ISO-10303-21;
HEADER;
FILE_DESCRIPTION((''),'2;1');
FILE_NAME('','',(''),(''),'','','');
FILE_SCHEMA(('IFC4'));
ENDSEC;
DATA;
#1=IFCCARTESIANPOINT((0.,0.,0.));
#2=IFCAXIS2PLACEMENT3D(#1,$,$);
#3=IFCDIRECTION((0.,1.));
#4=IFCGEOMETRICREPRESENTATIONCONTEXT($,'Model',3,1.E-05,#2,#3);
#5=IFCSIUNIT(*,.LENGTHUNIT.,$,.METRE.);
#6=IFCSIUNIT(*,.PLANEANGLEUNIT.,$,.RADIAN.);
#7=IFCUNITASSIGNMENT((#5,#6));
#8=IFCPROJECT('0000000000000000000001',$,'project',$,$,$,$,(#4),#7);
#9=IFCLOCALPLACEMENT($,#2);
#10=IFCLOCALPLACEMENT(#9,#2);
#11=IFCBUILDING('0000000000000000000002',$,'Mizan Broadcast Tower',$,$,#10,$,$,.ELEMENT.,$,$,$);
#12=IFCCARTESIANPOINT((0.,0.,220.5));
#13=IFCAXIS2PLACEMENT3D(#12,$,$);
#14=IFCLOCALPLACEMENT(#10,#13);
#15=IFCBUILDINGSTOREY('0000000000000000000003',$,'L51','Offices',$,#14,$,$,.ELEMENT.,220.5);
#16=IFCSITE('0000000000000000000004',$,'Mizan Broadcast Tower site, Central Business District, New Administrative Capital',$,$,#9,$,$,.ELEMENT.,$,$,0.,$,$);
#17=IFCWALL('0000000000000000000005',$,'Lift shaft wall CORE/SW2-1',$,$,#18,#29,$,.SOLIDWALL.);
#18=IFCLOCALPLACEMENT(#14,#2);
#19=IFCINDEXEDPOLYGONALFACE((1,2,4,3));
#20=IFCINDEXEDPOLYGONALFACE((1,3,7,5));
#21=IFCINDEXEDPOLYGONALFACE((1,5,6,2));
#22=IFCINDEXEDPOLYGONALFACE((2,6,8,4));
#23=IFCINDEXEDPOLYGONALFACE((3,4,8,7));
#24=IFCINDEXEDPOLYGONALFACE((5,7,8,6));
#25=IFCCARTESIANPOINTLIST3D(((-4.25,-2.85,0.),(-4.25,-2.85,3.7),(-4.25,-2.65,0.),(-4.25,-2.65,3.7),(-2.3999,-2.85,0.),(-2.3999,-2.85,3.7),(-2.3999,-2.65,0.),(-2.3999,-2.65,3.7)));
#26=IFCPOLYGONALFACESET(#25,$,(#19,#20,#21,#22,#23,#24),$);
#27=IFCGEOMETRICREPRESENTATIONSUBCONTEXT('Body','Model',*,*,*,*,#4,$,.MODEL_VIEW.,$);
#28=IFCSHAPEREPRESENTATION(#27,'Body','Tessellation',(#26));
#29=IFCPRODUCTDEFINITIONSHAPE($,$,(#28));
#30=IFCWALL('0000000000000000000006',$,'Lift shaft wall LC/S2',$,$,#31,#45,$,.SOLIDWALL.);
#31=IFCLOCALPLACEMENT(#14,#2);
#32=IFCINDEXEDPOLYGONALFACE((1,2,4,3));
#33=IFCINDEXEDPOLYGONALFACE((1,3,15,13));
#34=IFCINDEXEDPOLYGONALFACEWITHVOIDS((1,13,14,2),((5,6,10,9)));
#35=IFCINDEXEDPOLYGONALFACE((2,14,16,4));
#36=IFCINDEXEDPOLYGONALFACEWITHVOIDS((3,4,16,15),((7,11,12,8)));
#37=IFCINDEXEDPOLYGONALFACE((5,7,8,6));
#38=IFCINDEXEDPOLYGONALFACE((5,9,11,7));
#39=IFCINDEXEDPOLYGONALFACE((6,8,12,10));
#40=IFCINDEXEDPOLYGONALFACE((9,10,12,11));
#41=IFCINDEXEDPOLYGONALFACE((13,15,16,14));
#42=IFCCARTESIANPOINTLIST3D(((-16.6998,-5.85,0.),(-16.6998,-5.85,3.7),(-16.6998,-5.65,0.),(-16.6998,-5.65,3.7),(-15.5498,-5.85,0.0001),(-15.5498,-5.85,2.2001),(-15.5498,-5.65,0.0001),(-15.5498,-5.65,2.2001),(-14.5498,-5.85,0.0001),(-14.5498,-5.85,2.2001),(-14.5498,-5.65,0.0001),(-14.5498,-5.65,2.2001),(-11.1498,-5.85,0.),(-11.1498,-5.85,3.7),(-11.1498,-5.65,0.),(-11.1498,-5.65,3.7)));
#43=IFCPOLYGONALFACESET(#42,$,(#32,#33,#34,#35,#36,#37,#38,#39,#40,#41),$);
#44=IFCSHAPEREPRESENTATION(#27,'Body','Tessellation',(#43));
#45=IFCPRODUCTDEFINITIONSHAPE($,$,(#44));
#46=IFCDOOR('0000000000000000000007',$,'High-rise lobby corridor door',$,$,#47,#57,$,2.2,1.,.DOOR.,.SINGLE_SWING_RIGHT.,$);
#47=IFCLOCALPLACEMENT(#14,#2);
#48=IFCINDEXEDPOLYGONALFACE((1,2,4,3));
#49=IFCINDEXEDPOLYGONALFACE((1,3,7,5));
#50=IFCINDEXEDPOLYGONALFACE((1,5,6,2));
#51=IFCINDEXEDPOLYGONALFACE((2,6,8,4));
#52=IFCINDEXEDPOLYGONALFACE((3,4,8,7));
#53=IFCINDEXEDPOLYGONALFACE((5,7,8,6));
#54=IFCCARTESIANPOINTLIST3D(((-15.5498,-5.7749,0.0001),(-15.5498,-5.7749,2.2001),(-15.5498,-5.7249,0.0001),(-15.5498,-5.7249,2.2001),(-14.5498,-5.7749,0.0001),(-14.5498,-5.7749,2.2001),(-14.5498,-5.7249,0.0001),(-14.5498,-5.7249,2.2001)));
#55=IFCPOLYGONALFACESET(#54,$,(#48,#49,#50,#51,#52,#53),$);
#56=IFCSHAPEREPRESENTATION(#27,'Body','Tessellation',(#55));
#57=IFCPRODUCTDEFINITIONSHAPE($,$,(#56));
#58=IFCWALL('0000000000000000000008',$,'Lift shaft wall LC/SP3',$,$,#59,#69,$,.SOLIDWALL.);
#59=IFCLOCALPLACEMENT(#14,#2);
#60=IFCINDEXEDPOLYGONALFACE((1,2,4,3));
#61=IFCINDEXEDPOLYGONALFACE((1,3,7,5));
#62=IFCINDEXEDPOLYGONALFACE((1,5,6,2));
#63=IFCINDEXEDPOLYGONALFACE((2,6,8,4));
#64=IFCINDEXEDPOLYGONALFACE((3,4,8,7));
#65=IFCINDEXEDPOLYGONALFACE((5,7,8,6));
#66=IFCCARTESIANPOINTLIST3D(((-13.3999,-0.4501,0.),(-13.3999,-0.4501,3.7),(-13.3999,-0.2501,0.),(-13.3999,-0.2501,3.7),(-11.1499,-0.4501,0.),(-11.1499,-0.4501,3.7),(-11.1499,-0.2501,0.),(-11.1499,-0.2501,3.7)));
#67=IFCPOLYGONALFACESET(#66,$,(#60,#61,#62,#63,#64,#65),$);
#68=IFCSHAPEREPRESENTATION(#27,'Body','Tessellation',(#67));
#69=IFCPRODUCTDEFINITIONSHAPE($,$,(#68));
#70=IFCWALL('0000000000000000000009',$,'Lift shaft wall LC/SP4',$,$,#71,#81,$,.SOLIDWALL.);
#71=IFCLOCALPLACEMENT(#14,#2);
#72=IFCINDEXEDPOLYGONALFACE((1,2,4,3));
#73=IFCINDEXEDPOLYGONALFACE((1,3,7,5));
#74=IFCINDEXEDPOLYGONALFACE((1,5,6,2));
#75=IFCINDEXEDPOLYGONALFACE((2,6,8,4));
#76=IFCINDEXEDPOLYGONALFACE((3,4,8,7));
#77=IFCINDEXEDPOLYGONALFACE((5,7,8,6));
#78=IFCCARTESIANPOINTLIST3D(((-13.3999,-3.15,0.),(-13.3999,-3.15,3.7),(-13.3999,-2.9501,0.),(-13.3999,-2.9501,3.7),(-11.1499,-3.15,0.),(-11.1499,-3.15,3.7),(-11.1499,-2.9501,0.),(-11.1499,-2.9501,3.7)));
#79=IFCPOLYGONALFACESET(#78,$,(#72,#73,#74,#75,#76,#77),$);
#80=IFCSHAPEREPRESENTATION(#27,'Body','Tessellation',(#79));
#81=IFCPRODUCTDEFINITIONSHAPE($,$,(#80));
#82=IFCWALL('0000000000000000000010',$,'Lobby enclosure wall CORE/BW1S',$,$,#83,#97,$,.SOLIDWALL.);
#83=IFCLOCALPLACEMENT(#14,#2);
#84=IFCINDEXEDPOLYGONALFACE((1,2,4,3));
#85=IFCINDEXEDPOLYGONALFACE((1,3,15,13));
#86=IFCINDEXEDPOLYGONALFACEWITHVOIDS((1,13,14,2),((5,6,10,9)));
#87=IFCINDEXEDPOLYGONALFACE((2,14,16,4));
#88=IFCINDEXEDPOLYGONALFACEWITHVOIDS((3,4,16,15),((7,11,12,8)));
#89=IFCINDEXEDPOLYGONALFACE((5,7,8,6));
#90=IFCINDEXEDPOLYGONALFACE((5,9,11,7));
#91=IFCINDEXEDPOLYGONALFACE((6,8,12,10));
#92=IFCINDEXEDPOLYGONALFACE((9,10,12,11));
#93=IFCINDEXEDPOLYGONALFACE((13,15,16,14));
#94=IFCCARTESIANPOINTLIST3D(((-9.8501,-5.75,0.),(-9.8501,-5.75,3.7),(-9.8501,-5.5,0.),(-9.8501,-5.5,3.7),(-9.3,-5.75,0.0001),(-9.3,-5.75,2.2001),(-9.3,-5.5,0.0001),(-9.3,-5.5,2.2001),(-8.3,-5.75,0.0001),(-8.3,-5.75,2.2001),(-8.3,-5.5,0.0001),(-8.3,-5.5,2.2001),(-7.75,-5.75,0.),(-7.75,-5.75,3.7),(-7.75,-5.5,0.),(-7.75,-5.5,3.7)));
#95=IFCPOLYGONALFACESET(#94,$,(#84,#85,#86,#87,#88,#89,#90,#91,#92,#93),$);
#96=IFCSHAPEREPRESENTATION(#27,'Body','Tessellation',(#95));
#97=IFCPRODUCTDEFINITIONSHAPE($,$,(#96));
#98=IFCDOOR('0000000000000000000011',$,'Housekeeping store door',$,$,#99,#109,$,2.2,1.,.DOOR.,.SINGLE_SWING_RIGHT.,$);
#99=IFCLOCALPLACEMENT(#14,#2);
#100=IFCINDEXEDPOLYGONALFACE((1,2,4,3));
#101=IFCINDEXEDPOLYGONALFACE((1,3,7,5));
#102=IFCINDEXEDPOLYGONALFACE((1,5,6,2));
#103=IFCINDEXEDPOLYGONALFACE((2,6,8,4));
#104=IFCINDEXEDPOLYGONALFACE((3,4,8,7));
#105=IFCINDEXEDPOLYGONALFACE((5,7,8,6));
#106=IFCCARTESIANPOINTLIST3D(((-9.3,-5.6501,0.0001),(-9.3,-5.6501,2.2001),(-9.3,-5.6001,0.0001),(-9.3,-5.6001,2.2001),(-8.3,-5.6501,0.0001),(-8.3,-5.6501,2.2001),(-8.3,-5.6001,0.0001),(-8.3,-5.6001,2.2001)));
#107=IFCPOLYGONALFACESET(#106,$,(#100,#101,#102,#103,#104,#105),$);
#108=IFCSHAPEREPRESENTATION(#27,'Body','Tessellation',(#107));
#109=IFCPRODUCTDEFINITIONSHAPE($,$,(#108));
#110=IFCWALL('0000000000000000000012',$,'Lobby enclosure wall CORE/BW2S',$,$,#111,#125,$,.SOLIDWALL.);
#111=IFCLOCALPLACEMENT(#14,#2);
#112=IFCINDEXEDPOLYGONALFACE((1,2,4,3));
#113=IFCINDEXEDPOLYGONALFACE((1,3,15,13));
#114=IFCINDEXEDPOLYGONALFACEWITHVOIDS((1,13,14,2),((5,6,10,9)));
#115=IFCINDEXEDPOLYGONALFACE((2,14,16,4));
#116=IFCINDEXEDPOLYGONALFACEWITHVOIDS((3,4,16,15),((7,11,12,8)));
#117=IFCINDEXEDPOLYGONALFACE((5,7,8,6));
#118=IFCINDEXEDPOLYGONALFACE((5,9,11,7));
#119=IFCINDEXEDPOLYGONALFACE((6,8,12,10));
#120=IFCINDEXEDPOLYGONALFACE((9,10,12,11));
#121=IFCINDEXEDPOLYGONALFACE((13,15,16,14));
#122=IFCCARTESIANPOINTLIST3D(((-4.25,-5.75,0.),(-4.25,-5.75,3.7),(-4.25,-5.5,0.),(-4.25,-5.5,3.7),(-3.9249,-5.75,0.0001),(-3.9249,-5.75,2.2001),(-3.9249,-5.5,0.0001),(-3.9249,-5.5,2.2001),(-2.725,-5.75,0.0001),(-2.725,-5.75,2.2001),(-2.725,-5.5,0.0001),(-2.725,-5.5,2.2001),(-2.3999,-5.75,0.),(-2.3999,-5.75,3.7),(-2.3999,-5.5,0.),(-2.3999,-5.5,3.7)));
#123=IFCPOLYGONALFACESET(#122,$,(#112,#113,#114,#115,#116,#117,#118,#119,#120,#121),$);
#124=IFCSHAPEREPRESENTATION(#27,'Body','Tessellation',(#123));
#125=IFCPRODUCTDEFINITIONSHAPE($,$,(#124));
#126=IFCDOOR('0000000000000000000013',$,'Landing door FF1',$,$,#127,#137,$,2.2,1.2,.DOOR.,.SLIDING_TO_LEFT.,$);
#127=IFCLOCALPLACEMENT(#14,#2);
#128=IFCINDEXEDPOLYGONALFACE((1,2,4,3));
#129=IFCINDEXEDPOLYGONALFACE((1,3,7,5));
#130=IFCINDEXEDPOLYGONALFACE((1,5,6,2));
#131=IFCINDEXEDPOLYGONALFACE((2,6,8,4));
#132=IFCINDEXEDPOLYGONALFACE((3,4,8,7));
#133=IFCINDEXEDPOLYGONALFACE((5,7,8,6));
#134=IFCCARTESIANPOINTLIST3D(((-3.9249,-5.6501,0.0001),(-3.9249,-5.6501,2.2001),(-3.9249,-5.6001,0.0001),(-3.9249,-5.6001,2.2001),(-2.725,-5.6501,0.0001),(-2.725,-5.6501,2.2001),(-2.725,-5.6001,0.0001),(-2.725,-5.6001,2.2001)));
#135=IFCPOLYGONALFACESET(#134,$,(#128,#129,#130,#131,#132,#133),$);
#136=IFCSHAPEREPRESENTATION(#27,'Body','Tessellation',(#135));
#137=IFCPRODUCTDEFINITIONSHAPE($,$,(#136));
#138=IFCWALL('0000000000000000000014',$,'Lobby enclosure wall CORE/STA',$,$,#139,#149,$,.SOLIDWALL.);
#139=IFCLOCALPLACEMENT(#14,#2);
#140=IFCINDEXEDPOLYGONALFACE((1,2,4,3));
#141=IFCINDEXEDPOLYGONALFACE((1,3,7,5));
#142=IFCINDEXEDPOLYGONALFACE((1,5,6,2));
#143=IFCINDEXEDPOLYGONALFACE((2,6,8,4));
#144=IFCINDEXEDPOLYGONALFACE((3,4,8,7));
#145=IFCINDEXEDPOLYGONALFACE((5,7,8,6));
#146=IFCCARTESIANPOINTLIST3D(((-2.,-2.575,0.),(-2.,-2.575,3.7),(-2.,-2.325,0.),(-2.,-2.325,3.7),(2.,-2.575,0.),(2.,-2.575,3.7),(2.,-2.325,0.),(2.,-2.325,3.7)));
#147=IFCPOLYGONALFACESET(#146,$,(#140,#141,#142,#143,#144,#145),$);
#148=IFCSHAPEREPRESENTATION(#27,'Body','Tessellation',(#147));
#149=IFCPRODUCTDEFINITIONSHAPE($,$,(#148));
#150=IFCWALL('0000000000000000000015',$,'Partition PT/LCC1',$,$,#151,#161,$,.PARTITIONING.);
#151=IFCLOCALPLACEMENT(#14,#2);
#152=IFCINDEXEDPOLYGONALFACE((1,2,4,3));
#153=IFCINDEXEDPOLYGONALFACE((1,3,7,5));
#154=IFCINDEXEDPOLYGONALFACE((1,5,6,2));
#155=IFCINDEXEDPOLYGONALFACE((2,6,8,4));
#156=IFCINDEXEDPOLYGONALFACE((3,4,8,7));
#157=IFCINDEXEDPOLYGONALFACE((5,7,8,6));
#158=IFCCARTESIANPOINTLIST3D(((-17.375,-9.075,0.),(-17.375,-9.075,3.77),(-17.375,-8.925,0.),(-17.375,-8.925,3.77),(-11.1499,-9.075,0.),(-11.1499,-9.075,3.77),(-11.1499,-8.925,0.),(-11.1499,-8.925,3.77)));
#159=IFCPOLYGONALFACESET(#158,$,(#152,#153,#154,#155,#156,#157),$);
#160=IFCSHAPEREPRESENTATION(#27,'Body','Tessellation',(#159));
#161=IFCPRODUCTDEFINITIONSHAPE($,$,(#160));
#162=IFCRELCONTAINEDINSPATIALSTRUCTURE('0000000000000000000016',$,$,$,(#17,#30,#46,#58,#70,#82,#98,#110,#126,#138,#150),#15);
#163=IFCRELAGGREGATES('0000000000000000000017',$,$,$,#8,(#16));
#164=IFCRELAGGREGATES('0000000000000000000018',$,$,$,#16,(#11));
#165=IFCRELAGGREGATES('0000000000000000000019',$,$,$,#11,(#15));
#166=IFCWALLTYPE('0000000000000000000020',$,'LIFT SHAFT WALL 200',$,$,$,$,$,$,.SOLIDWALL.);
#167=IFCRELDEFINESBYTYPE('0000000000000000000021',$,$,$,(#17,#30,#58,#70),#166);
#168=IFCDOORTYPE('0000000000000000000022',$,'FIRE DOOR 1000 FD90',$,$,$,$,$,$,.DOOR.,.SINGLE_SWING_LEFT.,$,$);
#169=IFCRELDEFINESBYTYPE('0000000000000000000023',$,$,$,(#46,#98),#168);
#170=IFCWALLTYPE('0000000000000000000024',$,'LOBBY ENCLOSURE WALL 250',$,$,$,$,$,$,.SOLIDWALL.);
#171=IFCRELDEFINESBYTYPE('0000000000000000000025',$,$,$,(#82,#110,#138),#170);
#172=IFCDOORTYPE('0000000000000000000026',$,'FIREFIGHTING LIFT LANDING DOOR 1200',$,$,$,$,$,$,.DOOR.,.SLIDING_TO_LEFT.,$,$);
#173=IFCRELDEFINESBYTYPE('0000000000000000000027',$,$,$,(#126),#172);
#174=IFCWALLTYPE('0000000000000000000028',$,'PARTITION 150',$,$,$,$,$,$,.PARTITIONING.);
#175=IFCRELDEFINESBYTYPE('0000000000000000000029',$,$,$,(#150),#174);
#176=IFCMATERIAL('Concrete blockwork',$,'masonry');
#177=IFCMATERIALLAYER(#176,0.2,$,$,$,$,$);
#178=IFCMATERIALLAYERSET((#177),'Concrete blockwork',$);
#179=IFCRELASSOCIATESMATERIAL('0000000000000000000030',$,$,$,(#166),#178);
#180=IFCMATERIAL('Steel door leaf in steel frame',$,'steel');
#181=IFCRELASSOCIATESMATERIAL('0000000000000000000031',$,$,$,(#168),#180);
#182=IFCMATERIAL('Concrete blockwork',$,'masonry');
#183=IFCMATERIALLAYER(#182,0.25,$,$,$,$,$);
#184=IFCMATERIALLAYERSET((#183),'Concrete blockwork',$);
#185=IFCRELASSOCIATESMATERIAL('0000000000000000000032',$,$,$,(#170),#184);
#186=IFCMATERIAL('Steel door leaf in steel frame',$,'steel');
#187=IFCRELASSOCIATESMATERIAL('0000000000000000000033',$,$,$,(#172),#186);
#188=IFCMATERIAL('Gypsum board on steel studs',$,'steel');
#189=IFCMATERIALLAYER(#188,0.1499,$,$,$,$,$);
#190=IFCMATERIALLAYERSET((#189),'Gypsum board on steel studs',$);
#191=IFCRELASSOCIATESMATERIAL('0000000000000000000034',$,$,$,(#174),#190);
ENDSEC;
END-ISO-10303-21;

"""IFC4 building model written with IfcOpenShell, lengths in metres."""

from ifc_helpers import new_model, si_unit, direction, frame, frame_2d, origin, place, context, subcontext, project, spatial, rectangle, extrude, material, layer, layer_set, type_object, element, fill, save


model = new_model("IFC4")

# Units and contexts
model_context = context("Model", 3, precision=1e-05, world=origin(), true_north=direction((0.0, 1.0)))
body_context = subcontext(model_context, "Body", "Model", "MODEL_VIEW")
ifc_project = project(units=[si_unit("LENGTHUNIT", "METRE"), si_unit("PLANEANGLEUNIT", "RADIAN")], contexts=[model_context])

# Site, building, storey
site_placement = place(None, origin())
site = spatial("IfcSite", under=ifc_project, at=site_placement, Name="Mizan Broadcast Tower site, Central Business District, New Administrative Capital", CompositionType="ELEMENT", RefElevation=0.0)
building_placement = place(site_placement, origin())
building = spatial("IfcBuilding", under=site, at=building_placement, Name="Mizan Broadcast Tower", CompositionType="ELEMENT")
storey_placement = place(building_placement, frame((0.0, 0.0, 220.5)))
storey = spatial("IfcBuildingStorey", under=building, at=storey_placement, Name="L51", Description="Offices", CompositionType="ELEMENT", Elevation=220.5)

# Wall
ifc_material_1 = material(Name="Concrete blockwork", Category="masonry")
ifc_layer_1 = layer(ifc_material_1, 0.2)
ifc_layer_set_1 = layer_set([ifc_layer_1], Name="Concrete blockwork")
wall_type_1 = type_object("IfcWallType", Name="LIFT SHAFT WALL 200", PredefinedType="SOLIDWALL", material=ifc_layer_set_1)
wall_1_placement = place(storey_placement, frame((-4.25, -2.75, 0.0), z_axis=(0.0, 0.0, 1.0), x_axis=(1.0, 0.0, 0.0)))
element("IfcWall", 1, at=wall_1_placement, inside=storey, type_object=wall_type_1, Name="Lift shaft wall CORE/SW2-1", PredefinedType="SOLIDWALL", context=body_context, shape_type="SweptSolid", body=[
    extrude(rectangle(XDim=1.8501, YDim=0.2, at=frame_2d((0.925, 0.0))), origin(), (0.0, 0.0, 1.0), 3.7),
])

# Wall, opening, door
wall_2_placement = place(storey_placement, frame((-11.1499, -5.75, 0.0), z_axis=(0.0, 0.0, 1.0), x_axis=(-1.0, 0.0, 0.0)))
wall_2 = element("IfcWall", 2, at=wall_2_placement, inside=storey, type_object=wall_type_1, Name="Lift shaft wall LC/S2", PredefinedType="SOLIDWALL", context=body_context, shape_type="SweptSolid", body=[
    extrude(rectangle(XDim=5.55, YDim=0.2, at=frame_2d((2.7749, 0.0))), origin(), (0.0, 0.0, 1.0), 3.7),
])
opening_1_placement = place(wall_2_placement, frame((3.3999, 0.0, 0.0)))
opening_1 = element("IfcOpeningElement", 3, at=opening_1_placement, cuts=wall_2, PredefinedType="OPENING", context=body_context, shape_type="SweptSolid", body=[
    extrude(rectangle(XDim=1.0, YDim=2.2, at=frame_2d((0.5, 1.1001))), frame((0.0, 0.1099, 0.0), z_axis=(0.0, -1.0, 0.0), x_axis=(1.0, 0.0, 0.0)), (0.0, 0.0, 1.0), 0.22),
])
ifc_material_2 = material(Name="Steel door leaf in steel frame", Category="steel")
door_type_1 = type_object("IfcDoorType", Name="FIRE DOOR 1000 FD90", OperationType="SINGLE_SWING_LEFT", PredefinedType="DOOR", material=ifc_material_2)
door_1_placement = place(opening_1_placement, origin())
door_1 = element("IfcDoor", 4, at=door_1_placement, inside=storey, type_object=door_type_1, Name="High-rise lobby corridor door", OperationType="SINGLE_SWING_RIGHT", OverallHeight=2.2, OverallWidth=1.0, PredefinedType="DOOR", context=body_context, shape_type="SweptSolid", body=[
    extrude(rectangle(XDim=1.0, YDim=2.2, at=frame_2d((0.5, 1.1001))), frame((0.0, 0.0249, 0.0), z_axis=(0.0, -1.0, 0.0), x_axis=(1.0, 0.0, 0.0)), (0.0, 0.0, 1.0), 0.05),
])
fill(opening_1, door_1)

# Walls
for number, where, z_axis, x_axis, name in (
    (5, (-11.1499, -0.3501, 0.0), (0.0, 0.0, 1.0), (-1.0, 0.0, 0.0), "Lift shaft wall LC/SP3"),
    (6, (-11.1499, -3.05, 0.0), (0.0, 0.0, 1.0), (-1.0, 0.0, 0.0), "Lift shaft wall LC/SP4"),
):
    element("IfcWall", number, at=place(storey_placement, frame(where, z_axis=z_axis, x_axis=x_axis)), inside=storey, type_object=wall_type_1, Name=name, PredefinedType="SOLIDWALL", context=body_context, shape_type="SweptSolid", body=[
        extrude(rectangle(XDim=2.25, YDim=0.2, at=frame_2d((1.125, 0.0))), origin(), (0.0, 0.0, 1.0), 3.7),
    ])

# Walls, openings, doors
ifc_material_3 = material(Name="Concrete blockwork", Category="masonry")
ifc_layer_2 = layer(ifc_material_3, 0.25)
ifc_layer_set_2 = layer_set([ifc_layer_2], Name="Concrete blockwork")
wall_type_2 = type_object("IfcWallType", Name="LOBBY ENCLOSURE WALL 250", PredefinedType="SOLIDWALL", material=ifc_layer_set_2)
wall_3_placement = place(storey_placement, frame((-9.8501, -5.625, 0.0), z_axis=(0.0, 0.0, 1.0), x_axis=(1.0, 0.0, 0.0)))
wall_3 = element("IfcWall", 7, at=wall_3_placement, inside=storey, type_object=wall_type_2, Name="Lobby enclosure wall CORE/BW1S", PredefinedType="SOLIDWALL", context=body_context, shape_type="SweptSolid", body=[
    extrude(rectangle(XDim=2.1001, YDim=0.25, at=frame_2d((1.05, 0.0))), origin(), (0.0, 0.0, 1.0), 3.7),
])
opening_2_placement = place(wall_3_placement, frame((0.55, 0.0, 0.0)))
opening_2 = element("IfcOpeningElement", 8, at=opening_2_placement, cuts=wall_3, PredefinedType="OPENING", context=body_context, shape_type="SweptSolid", body=[
    extrude(rectangle(XDim=1.0, YDim=2.2, at=frame_2d((0.5, 1.1001))), frame((0.0, 0.135, 0.0), z_axis=(0.0, -1.0, 0.0), x_axis=(1.0, 0.0, 0.0)), (0.0, 0.0, 1.0), 0.27),
])
door_2_placement = place(opening_2_placement, origin())
door_2 = element("IfcDoor", 9, at=door_2_placement, inside=storey, type_object=door_type_1, Name="Housekeeping store door", OperationType="SINGLE_SWING_RIGHT", OverallHeight=2.2, OverallWidth=1.0, PredefinedType="DOOR", context=body_context, shape_type="SweptSolid", body=[
    extrude(rectangle(XDim=1.0, YDim=2.2, at=frame_2d((0.5, 1.1001))), frame((0.0, 0.0249, 0.0), z_axis=(0.0, -1.0, 0.0), x_axis=(1.0, 0.0, 0.0)), (0.0, 0.0, 1.0), 0.05),
])
fill(opening_2, door_2)
wall_4_placement = place(storey_placement, frame((-4.25, -5.625, 0.0), z_axis=(0.0, 0.0, 1.0), x_axis=(1.0, 0.0, 0.0)))
wall_4 = element("IfcWall", 10, at=wall_4_placement, inside=storey, type_object=wall_type_2, Name="Lobby enclosure wall CORE/BW2S", PredefinedType="SOLIDWALL", context=body_context, shape_type="SweptSolid", body=[
    extrude(rectangle(XDim=1.8501, YDim=0.25, at=frame_2d((0.925, 0.0))), origin(), (0.0, 0.0, 1.0), 3.7),
])
opening_3_placement = place(wall_4_placement, frame((0.325, 0.0, 0.0)))
opening_3 = element("IfcOpeningElement", 11, at=opening_3_placement, cuts=wall_4, PredefinedType="OPENING", context=body_context, shape_type="SweptSolid", body=[
    extrude(rectangle(XDim=1.2, YDim=2.2, at=frame_2d((0.6001, 1.1001))), frame((0.0, 0.135, 0.0), z_axis=(0.0, -1.0, 0.0), x_axis=(1.0, 0.0, 0.0)), (0.0, 0.0, 1.0), 0.27),
])
ifc_material_4 = material(Name="Steel door leaf in steel frame", Category="steel")
door_type_2 = type_object("IfcDoorType", Name="FIREFIGHTING LIFT LANDING DOOR 1200", OperationType="SLIDING_TO_LEFT", PredefinedType="DOOR", material=ifc_material_4)
door_3_placement = place(opening_3_placement, origin())
door_3 = element("IfcDoor", 12, at=door_3_placement, inside=storey, type_object=door_type_2, Name="Landing door FF1", OperationType="SLIDING_TO_LEFT", OverallHeight=2.2, OverallWidth=1.2, PredefinedType="DOOR", context=body_context, shape_type="SweptSolid", body=[
    extrude(rectangle(XDim=1.2, YDim=2.2, at=frame_2d((0.6001, 1.1001))), frame((0.0, 0.0249, 0.0), z_axis=(0.0, -1.0, 0.0), x_axis=(1.0, 0.0, 0.0)), (0.0, 0.0, 1.0), 0.05),
])
fill(opening_3, door_3)

# Walls
wall_5_placement = place(storey_placement, frame((-2.0, -2.45, 0.0), z_axis=(0.0, 0.0, 1.0), x_axis=(1.0, 0.0, 0.0)))
element("IfcWall", 13, at=wall_5_placement, inside=storey, type_object=wall_type_2, Name="Lobby enclosure wall CORE/STA", PredefinedType="SOLIDWALL", context=body_context, shape_type="SweptSolid", body=[
    extrude(rectangle(XDim=4.0, YDim=0.25, at=frame_2d((2.0, 0.0))), origin(), (0.0, 0.0, 1.0), 3.7),
])
ifc_material_5 = material(Name="Gypsum board on steel studs", Category="steel")
ifc_layer_3 = layer(ifc_material_5, 0.1499)
ifc_layer_set_3 = layer_set([ifc_layer_3], Name="Gypsum board on steel studs")
wall_type_3 = type_object("IfcWallType", Name="PARTITION 150", PredefinedType="PARTITIONING", material=ifc_layer_set_3)
wall_6_placement = place(storey_placement, frame((-11.1499, -9.0, 0.0), z_axis=(0.0, 0.0, 1.0), x_axis=(-1.0, 0.0, 0.0)))
element("IfcWall", 14, at=wall_6_placement, inside=storey, type_object=wall_type_3, Name="Partition PT/LCC1", PredefinedType="PARTITIONING", context=body_context, shape_type="SweptSolid", body=[
    extrude(rectangle(XDim=6.2251, YDim=0.1499, at=frame_2d((3.1125, 0.0))), origin(), (0.0, 0.0, 1.0), 3.77),
])

save(model, "model.ifc")
